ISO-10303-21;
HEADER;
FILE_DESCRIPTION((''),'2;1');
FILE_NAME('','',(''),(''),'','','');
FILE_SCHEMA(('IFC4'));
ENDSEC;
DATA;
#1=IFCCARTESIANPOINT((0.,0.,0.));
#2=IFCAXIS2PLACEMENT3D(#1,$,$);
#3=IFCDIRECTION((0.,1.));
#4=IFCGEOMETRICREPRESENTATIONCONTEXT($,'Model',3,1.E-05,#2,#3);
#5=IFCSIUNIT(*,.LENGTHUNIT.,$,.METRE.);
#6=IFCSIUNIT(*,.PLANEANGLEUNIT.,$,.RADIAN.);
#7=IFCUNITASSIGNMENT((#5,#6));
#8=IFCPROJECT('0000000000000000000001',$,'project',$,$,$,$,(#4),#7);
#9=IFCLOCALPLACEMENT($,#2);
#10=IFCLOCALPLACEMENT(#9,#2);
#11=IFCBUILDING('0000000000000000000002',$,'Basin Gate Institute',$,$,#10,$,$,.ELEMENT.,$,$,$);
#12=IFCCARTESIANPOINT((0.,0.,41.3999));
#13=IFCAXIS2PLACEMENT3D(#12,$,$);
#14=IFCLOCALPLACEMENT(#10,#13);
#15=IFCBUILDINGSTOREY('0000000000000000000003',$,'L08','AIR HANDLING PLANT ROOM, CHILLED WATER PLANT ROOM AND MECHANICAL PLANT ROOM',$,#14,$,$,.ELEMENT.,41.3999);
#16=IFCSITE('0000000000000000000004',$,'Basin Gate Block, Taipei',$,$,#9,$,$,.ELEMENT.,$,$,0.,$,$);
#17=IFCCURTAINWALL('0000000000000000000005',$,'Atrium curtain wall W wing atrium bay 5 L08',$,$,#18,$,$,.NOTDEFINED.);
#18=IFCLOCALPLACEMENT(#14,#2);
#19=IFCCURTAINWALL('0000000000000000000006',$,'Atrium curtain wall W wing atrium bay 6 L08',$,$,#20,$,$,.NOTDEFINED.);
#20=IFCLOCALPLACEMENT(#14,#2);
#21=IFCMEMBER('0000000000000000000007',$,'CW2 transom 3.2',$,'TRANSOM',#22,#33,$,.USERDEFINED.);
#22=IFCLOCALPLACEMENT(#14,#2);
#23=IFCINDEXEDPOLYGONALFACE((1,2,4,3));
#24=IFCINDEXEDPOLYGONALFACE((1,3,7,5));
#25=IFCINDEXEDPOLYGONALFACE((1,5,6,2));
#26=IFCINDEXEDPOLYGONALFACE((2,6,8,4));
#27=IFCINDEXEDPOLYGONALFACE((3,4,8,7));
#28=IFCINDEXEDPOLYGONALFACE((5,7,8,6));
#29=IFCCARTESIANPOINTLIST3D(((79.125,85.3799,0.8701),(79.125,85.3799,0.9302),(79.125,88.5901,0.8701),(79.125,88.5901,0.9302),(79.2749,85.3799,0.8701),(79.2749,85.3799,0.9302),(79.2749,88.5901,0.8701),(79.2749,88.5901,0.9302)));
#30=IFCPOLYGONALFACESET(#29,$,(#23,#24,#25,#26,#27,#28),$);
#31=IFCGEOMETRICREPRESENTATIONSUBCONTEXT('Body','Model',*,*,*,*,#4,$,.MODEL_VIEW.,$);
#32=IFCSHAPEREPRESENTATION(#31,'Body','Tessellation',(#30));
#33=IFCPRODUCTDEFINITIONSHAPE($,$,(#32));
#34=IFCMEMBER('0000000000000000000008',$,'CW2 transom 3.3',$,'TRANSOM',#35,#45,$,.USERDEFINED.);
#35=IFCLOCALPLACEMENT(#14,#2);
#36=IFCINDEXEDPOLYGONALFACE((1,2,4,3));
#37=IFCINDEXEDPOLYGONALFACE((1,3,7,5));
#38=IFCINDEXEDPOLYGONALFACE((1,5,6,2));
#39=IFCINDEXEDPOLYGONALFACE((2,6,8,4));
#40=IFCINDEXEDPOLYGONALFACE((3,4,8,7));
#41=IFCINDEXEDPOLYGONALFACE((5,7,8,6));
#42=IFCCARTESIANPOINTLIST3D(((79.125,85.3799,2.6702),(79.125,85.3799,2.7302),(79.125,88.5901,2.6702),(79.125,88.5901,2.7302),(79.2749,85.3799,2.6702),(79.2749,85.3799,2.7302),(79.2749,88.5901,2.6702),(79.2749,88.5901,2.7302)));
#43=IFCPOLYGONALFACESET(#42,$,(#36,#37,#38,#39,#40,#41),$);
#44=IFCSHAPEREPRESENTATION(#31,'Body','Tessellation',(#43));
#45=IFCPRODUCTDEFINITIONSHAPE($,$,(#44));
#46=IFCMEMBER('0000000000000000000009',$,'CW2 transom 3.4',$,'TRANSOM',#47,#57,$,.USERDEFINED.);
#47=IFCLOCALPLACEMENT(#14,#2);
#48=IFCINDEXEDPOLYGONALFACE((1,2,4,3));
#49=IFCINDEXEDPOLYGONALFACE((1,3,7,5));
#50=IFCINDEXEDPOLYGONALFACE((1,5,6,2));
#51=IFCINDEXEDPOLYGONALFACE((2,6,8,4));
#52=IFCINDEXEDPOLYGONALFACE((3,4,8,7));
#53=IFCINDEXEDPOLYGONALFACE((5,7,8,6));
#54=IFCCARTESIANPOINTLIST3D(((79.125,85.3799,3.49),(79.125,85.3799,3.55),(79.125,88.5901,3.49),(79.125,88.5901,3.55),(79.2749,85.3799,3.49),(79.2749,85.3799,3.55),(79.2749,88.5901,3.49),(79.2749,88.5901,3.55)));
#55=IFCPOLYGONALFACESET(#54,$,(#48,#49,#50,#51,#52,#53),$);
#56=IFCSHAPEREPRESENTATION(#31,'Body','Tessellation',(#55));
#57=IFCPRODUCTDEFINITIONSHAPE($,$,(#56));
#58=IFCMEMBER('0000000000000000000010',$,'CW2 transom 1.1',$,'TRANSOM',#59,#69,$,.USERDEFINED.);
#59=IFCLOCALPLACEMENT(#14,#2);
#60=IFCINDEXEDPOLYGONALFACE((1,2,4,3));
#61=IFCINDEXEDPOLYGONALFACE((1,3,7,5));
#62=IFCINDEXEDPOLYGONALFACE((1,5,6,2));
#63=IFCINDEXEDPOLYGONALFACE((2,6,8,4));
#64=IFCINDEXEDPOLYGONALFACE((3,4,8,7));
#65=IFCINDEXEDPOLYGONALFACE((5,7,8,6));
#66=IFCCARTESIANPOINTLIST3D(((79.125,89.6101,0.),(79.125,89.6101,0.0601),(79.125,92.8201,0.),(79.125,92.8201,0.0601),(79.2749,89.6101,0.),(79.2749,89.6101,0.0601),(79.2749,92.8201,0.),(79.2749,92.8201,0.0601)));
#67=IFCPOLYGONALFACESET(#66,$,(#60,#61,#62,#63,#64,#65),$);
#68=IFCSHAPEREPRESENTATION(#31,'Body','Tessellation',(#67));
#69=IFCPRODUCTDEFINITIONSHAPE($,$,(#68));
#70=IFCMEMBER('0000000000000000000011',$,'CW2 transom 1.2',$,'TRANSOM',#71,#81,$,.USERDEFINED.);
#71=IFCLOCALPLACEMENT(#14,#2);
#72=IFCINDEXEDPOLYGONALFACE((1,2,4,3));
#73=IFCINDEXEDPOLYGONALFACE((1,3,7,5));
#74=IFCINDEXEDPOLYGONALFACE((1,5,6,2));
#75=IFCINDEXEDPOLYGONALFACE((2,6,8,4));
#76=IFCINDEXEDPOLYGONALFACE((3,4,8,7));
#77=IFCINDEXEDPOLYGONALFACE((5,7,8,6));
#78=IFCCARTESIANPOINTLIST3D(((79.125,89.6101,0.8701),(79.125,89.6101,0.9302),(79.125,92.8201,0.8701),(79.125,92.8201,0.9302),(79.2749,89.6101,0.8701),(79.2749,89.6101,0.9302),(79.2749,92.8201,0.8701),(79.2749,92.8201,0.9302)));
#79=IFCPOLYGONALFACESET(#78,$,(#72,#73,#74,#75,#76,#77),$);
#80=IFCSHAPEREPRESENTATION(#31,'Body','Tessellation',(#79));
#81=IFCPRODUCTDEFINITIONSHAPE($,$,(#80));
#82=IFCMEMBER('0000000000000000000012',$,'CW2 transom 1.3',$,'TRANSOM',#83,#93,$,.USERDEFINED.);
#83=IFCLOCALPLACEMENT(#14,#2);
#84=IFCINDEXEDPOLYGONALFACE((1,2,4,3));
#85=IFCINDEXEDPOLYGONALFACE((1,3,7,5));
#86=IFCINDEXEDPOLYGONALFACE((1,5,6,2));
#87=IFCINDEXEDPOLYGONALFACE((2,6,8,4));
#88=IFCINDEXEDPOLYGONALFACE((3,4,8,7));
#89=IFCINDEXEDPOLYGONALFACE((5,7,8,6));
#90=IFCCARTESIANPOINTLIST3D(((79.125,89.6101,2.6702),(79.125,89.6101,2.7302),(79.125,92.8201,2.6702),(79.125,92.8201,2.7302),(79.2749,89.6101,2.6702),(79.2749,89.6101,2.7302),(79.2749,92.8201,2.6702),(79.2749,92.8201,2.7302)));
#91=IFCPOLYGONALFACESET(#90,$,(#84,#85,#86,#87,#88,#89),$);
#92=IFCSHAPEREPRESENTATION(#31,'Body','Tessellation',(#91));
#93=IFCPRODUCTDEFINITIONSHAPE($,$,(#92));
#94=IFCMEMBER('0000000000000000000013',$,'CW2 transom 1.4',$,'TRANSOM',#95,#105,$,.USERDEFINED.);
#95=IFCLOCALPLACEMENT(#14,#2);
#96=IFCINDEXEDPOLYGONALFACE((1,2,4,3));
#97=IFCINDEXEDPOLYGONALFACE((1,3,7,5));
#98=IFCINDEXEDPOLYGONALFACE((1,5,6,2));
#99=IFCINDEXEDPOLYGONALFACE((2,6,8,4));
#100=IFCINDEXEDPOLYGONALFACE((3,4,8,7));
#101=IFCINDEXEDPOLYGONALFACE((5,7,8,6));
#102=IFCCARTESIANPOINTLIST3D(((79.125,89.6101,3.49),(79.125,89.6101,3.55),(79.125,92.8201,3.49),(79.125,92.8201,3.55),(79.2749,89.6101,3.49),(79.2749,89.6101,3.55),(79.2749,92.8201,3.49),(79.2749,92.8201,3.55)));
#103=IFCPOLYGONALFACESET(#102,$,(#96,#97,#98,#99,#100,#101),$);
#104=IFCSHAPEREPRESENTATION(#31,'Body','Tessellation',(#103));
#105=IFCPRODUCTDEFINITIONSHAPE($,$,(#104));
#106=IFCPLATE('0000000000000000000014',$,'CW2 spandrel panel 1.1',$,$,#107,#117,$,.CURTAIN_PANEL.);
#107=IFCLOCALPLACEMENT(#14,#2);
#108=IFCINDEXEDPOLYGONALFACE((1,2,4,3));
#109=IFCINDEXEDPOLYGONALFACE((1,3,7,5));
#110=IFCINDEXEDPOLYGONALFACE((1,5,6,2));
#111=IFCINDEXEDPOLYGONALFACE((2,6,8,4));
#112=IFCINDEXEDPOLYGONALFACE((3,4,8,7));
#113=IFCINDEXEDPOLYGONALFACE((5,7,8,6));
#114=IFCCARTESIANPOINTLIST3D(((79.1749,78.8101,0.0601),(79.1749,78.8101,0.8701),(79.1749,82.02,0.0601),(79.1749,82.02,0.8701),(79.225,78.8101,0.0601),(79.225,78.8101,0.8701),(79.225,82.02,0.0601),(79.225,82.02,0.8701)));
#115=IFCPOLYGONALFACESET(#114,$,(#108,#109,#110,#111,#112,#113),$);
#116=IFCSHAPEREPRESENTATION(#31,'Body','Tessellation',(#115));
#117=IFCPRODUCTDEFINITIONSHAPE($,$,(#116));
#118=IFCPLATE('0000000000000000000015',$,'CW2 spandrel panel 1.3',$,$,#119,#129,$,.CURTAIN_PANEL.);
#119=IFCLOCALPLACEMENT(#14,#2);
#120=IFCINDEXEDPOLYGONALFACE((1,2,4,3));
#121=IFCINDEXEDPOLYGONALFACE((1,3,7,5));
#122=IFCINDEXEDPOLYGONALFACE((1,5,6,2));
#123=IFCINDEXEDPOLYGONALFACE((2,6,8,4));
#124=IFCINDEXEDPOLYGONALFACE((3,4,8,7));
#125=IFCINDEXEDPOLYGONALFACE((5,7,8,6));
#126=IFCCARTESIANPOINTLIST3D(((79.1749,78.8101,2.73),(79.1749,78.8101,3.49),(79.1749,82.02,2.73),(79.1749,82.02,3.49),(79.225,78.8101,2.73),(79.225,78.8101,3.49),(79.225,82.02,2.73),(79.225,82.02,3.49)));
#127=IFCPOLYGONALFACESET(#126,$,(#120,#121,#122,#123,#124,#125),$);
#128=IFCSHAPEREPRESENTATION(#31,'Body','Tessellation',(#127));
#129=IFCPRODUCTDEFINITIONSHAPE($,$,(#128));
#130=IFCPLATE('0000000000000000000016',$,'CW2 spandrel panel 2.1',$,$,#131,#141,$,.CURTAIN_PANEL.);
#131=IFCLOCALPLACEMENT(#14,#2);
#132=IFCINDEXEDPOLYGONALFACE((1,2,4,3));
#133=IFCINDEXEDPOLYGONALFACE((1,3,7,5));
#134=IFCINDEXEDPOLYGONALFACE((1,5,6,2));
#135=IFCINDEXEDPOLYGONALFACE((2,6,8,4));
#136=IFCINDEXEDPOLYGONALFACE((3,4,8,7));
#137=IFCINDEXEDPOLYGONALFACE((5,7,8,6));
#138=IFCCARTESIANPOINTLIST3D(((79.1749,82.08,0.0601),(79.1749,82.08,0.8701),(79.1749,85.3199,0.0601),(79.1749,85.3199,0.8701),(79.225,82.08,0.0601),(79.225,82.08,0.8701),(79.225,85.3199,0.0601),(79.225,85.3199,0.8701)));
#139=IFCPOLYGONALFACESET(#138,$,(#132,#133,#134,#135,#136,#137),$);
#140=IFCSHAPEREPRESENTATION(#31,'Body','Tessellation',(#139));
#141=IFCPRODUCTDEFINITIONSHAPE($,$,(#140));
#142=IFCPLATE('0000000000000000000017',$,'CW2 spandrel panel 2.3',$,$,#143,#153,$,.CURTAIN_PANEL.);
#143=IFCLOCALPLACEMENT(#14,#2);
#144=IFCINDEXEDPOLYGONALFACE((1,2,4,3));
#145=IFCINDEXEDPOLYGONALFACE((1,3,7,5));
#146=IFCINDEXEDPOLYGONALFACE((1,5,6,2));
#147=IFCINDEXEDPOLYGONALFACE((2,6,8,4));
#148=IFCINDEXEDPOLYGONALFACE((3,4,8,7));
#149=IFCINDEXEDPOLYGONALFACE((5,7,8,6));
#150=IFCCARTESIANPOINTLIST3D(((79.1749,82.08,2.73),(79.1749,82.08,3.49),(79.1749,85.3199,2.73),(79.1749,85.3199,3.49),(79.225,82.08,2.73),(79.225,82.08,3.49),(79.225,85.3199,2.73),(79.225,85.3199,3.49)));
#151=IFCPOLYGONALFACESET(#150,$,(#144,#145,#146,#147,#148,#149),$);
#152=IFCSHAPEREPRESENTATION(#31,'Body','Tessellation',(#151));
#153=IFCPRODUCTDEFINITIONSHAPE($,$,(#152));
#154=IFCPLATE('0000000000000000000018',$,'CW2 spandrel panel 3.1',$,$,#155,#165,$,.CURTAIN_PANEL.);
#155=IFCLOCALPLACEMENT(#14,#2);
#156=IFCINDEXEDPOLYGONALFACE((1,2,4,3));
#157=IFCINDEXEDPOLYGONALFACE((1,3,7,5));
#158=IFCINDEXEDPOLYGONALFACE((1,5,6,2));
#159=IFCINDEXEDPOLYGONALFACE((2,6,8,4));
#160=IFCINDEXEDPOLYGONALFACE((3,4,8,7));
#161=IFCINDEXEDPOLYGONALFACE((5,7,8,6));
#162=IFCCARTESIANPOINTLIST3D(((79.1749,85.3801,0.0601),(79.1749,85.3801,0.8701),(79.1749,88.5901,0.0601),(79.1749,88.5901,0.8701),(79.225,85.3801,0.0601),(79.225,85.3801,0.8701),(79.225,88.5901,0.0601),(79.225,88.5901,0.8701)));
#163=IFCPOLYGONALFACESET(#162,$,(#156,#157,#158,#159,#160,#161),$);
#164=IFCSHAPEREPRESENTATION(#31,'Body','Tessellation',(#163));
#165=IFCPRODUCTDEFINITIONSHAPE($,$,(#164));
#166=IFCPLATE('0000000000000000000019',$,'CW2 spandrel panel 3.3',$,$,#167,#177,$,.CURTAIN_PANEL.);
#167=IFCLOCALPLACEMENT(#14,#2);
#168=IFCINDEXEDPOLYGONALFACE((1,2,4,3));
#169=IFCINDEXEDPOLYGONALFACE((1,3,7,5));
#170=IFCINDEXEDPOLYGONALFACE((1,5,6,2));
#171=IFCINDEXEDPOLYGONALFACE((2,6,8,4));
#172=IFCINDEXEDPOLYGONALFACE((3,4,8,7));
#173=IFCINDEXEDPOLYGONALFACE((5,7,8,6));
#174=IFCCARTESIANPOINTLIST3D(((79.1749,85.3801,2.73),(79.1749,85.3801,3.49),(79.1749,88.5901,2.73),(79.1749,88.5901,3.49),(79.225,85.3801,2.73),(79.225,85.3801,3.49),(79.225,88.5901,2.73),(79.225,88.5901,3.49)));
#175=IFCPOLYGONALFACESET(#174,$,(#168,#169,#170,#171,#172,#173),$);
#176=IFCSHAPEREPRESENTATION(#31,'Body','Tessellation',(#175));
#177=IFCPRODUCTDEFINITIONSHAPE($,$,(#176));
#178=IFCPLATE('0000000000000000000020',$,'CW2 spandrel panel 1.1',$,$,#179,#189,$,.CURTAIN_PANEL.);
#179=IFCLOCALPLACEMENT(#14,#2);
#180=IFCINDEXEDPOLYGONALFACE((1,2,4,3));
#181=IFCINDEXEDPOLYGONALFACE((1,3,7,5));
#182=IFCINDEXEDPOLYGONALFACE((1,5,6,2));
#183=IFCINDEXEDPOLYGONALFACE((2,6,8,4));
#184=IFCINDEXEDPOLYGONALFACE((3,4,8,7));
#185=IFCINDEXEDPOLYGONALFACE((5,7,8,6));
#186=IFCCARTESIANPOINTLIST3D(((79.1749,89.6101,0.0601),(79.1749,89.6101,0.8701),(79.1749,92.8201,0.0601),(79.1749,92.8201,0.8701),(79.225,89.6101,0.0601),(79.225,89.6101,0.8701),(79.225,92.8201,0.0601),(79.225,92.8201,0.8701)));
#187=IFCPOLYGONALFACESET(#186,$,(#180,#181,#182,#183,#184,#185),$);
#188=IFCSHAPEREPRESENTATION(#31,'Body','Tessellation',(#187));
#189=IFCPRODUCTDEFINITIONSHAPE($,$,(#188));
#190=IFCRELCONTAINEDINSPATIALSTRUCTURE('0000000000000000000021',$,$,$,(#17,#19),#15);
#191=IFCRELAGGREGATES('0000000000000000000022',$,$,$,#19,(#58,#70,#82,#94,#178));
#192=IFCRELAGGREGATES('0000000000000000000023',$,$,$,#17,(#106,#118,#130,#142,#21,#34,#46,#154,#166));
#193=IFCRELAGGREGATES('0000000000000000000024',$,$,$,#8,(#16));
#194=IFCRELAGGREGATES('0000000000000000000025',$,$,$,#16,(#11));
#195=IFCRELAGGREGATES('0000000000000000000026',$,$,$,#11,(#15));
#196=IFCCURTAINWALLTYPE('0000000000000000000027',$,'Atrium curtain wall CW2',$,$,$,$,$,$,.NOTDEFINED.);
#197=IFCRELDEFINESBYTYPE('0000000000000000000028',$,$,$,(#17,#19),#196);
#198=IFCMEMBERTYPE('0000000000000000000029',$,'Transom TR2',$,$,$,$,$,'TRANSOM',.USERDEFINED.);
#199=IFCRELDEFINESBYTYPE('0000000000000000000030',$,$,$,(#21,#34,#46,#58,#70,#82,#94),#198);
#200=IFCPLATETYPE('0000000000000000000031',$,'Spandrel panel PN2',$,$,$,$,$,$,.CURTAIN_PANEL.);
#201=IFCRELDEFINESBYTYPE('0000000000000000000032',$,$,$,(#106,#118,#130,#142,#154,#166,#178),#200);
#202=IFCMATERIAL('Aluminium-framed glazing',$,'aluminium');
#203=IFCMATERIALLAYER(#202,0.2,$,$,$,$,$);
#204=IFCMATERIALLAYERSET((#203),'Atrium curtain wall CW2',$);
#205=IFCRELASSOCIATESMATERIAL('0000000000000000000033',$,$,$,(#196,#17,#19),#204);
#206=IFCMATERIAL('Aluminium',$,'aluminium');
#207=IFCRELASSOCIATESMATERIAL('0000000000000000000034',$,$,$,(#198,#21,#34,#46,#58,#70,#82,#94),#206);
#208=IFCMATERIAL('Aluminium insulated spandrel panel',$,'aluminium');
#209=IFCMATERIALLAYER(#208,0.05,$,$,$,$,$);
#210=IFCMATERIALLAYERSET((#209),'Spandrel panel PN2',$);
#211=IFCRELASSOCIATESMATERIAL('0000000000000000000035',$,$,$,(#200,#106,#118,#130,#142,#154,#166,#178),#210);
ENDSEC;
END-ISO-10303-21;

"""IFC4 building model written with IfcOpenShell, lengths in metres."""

from ifc_helpers import new_model, si_unit, direction, frame, origin, origin_2d, place, context, subcontext, project, spatial, rectangle, extrude, material, layer, layer_set, material_profile, profile_set, type_object, element, aggregate, save


model = new_model("IFC4")

# Units and contexts
model_context = context("Model", 3, precision=1e-05, world=origin(), true_north=direction((0.0, 1.0)))
body_context = subcontext(model_context, "Body", "Model", "MODEL_VIEW")
ifc_project = project(units=[si_unit("LENGTHUNIT", "METRE"), si_unit("PLANEANGLEUNIT", "RADIAN")], contexts=[model_context])

# Site, building, storey
site_placement = place(None, origin())
site = spatial("IfcSite", under=ifc_project, at=site_placement, Name="Basin Gate Block, Taipei", CompositionType="ELEMENT", RefElevation=0.0)
building_placement = place(site_placement, origin())
building = spatial("IfcBuilding", under=site, at=building_placement, Name="Basin Gate Institute", CompositionType="ELEMENT")
storey_placement = place(building_placement, frame((0.0, 0.0, 41.3999)))
storey = spatial("IfcBuildingStorey", under=building, at=storey_placement, Name="L08", Description="AIR HANDLING PLANT ROOM, CHILLED WATER PLANT ROOM AND MECHANICAL PLANT ROOM", CompositionType="ELEMENT", Elevation=41.3999)

# Curtain wall
ifc_material_1 = material(Name="Aluminium-framed glazing", Category="aluminium")
ifc_layer_1 = layer(ifc_material_1, 0.2)
ifc_layer_set_1 = layer_set([ifc_layer_1], Name="Atrium curtain wall CW2")
curtain_wall_type = type_object("IfcCurtainWallType", Name="Atrium curtain wall CW2", PredefinedType="NOTDEFINED", material=ifc_layer_set_1)
curtain_wall_1_placement = place(storey_placement, origin())
curtain_wall_1 = element("IfcCurtainWall", 1, at=curtain_wall_1_placement, inside=storey, type_object=curtain_wall_type, material=ifc_layer_set_1, Name="Atrium curtain wall W wing atrium bay 5 L08", PredefinedType="NOTDEFINED")

# Curtain wall
curtain_wall_2_placement = place(storey_placement, origin())
curtain_wall_2 = element("IfcCurtainWall", 2, at=curtain_wall_2_placement, inside=storey, type_object=curtain_wall_type, material=ifc_layer_set_1, Name="Atrium curtain wall W wing atrium bay 6 L08", PredefinedType="NOTDEFINED")

# Members
ifc_material_2 = material(Name="Aluminium", Category="aluminium")
ifc_material_profile_1 = material_profile(ifc_material_2, rectangle(XDim=0.1499, YDim=0.0601, at=origin_2d()), Name="Transom TR2 150 x 60")
ifc_profile_set_1 = profile_set([ifc_material_profile_1], Name="Aluminium")
member_type_1 = type_object("IfcMemberType", Name="Transom TR2", ElementType="TRANSOM", PredefinedType="USERDEFINED", material=ifc_profile_set_1)
member_1_placement = place(storey_placement, frame((79.2, 85.3799, 0.9001), z_axis=(0.0, 1.0, 0.0), x_axis=(-1.0, 0.0, 0.0)))
member_1 = element("IfcMember", 3, at=member_1_placement, type_object=member_type_1, material=ifc_profile_set_1, Name="CW2 transom 3.2", ObjectType="TRANSOM", PredefinedType="USERDEFINED", context=body_context, shape_type="SweptSolid", body=[
    extrude(rectangle(XDim=0.1499, YDim=0.0601, at=origin_2d()), origin(), (0.0, 0.0, 1.0), 3.2102),
])
member_2_placement = place(storey_placement, frame((79.2, 85.3799, 2.7002), z_axis=(0.0, 1.0, 0.0), x_axis=(-1.0, 0.0, 0.0)))
member_2 = element("IfcMember", 4, at=member_2_placement, type_object=member_type_1, material=ifc_profile_set_1, Name="CW2 transom 3.3", ObjectType="TRANSOM", PredefinedType="USERDEFINED", context=body_context, shape_type="SweptSolid", body=[
    extrude(rectangle(XDim=0.1499, YDim=0.0601, at=origin_2d()), origin(), (0.0, 0.0, 1.0), 3.2102),
])
member_3_placement = place(storey_placement, frame((79.2, 85.3799, 3.52), z_axis=(0.0, 1.0, 0.0), x_axis=(-1.0, 0.0, 0.0)))
member_3 = element("IfcMember", 5, at=member_3_placement, type_object=member_type_1, material=ifc_profile_set_1, Name="CW2 transom 3.4", ObjectType="TRANSOM", PredefinedType="USERDEFINED", context=body_context, shape_type="SweptSolid", body=[
    extrude(rectangle(XDim=0.1499, YDim=0.0601, at=origin_2d()), origin(), (0.0, 0.0, 1.0), 3.2102),
])
member_4_placement = place(storey_placement, frame((79.2, 89.6101, 0.03), z_axis=(0.0, 1.0, 0.0), x_axis=(-1.0, 0.0, 0.0)))
member_4 = element("IfcMember", 6, at=member_4_placement, type_object=member_type_1, material=ifc_profile_set_1, Name="CW2 transom 1.1", ObjectType="TRANSOM", PredefinedType="USERDEFINED", context=body_context, shape_type="SweptSolid", body=[
    extrude(rectangle(XDim=0.1499, YDim=0.0601, at=origin_2d()), origin(), (0.0, 0.0, 1.0), 3.21),
])
member_5_placement = place(storey_placement, frame((79.2, 89.6101, 0.9001), z_axis=(0.0, 1.0, 0.0), x_axis=(-1.0, 0.0, 0.0)))
member_5 = element("IfcMember", 7, at=member_5_placement, type_object=member_type_1, material=ifc_profile_set_1, Name="CW2 transom 1.2", ObjectType="TRANSOM", PredefinedType="USERDEFINED", context=body_context, shape_type="SweptSolid", body=[
    extrude(rectangle(XDim=0.1499, YDim=0.0601, at=origin_2d()), origin(), (0.0, 0.0, 1.0), 3.21),
])
member_6_placement = place(storey_placement, frame((79.2, 89.6101, 2.7002), z_axis=(0.0, 1.0, 0.0), x_axis=(-1.0, 0.0, 0.0)))
member_6 = element("IfcMember", 8, at=member_6_placement, type_object=member_type_1, material=ifc_profile_set_1, Name="CW2 transom 1.3", ObjectType="TRANSOM", PredefinedType="USERDEFINED", context=body_context, shape_type="SweptSolid", body=[
    extrude(rectangle(XDim=0.1499, YDim=0.0601, at=origin_2d()), origin(), (0.0, 0.0, 1.0), 3.21),
])
member_7_placement = place(storey_placement, frame((79.2, 89.6101, 3.52), z_axis=(0.0, 1.0, 0.0), x_axis=(-1.0, 0.0, 0.0)))
member_7 = element("IfcMember", 9, at=member_7_placement, type_object=member_type_1, material=ifc_profile_set_1, Name="CW2 transom 1.4", ObjectType="TRANSOM", PredefinedType="USERDEFINED", context=body_context, shape_type="SweptSolid", body=[
    extrude(rectangle(XDim=0.1499, YDim=0.0601, at=origin_2d()), origin(), (0.0, 0.0, 1.0), 3.21),
])

# Plates
ifc_material_3 = material(Name="Aluminium insulated spandrel panel", Category="aluminium")
ifc_layer_2 = layer(ifc_material_3, 0.05)
ifc_layer_set_2 = layer_set([ifc_layer_2], Name="Spandrel panel PN2")
plate_type_1 = type_object("IfcPlateType", Name="Spandrel panel PN2", PredefinedType="CURTAIN_PANEL", material=ifc_layer_set_2)
plate_1_placement = place(storey_placement, frame((79.2, 80.415, 0.0601), z_axis=(0.0, 0.0, 1.0), x_axis=(0.0, 1.0, 0.0)))
plate_1 = element("IfcPlate", 10, at=plate_1_placement, type_object=plate_type_1, material=ifc_layer_set_2, Name="CW2 spandrel panel 1.1", PredefinedType="CURTAIN_PANEL", context=body_context, shape_type="SweptSolid", body=[
    extrude(rectangle(XDim=3.21, YDim=0.05, at=origin_2d()), origin(), (0.0, 0.0, 1.0), 0.8101),
])
plate_2_placement = place(storey_placement, frame((79.2, 80.415, 2.73), z_axis=(0.0, 0.0, 1.0), x_axis=(0.0, 1.0, 0.0)))
plate_2 = element("IfcPlate", 11, at=plate_2_placement, type_object=plate_type_1, material=ifc_layer_set_2, Name="CW2 spandrel panel 1.3", PredefinedType="CURTAIN_PANEL", context=body_context, shape_type="SweptSolid", body=[
    extrude(rectangle(XDim=3.21, YDim=0.05, at=origin_2d()), origin(), (0.0, 0.0, 1.0), 0.76),
])
plate_3_placement = place(storey_placement, frame((79.2, 83.7, 0.0601), z_axis=(0.0, 0.0, 1.0), x_axis=(0.0, 1.0, 0.0)))
plate_3 = element("IfcPlate", 12, at=plate_3_placement, type_object=plate_type_1, material=ifc_layer_set_2, Name="CW2 spandrel panel 2.1", PredefinedType="CURTAIN_PANEL", context=body_context, shape_type="SweptSolid", body=[
    extrude(rectangle(XDim=3.24, YDim=0.05, at=origin_2d()), origin(), (0.0, 0.0, 1.0), 0.8101),
])
plate_4_placement = place(storey_placement, frame((79.2, 83.7, 2.73), z_axis=(0.0, 0.0, 1.0), x_axis=(0.0, 1.0, 0.0)))
plate_4 = element("IfcPlate", 13, at=plate_4_placement, type_object=plate_type_1, material=ifc_layer_set_2, Name="CW2 spandrel panel 2.3", PredefinedType="CURTAIN_PANEL", context=body_context, shape_type="SweptSolid", body=[
    extrude(rectangle(XDim=3.24, YDim=0.05, at=origin_2d()), origin(), (0.0, 0.0, 1.0), 0.76),
])
plate_5_placement = place(storey_placement, frame((79.2, 86.9851, 0.0601), z_axis=(0.0, 0.0, 1.0), x_axis=(0.0, 1.0, 0.0)))
plate_5 = element("IfcPlate", 14, at=plate_5_placement, type_object=plate_type_1, material=ifc_layer_set_2, Name="CW2 spandrel panel 3.1", PredefinedType="CURTAIN_PANEL", context=body_context, shape_type="SweptSolid", body=[
    extrude(rectangle(XDim=3.21, YDim=0.05, at=origin_2d()), origin(), (0.0, 0.0, 1.0), 0.8101),
])
plate_6_placement = place(storey_placement, frame((79.2, 86.9851, 2.73), z_axis=(0.0, 0.0, 1.0), x_axis=(0.0, 1.0, 0.0)))
plate_6 = element("IfcPlate", 15, at=plate_6_placement, type_object=plate_type_1, material=ifc_layer_set_2, Name="CW2 spandrel panel 3.3", PredefinedType="CURTAIN_PANEL", context=body_context, shape_type="SweptSolid", body=[
    extrude(rectangle(XDim=3.21, YDim=0.05, at=origin_2d()), origin(), (0.0, 0.0, 1.0), 0.76),
])
plate_7_placement = place(storey_placement, frame((79.2, 91.2151, 0.0601), z_axis=(0.0, 0.0, 1.0), x_axis=(0.0, 1.0, 0.0)))
plate_7 = element("IfcPlate", 16, at=plate_7_placement, type_object=plate_type_1, material=ifc_layer_set_2, Name="CW2 spandrel panel 1.1", PredefinedType="CURTAIN_PANEL", context=body_context, shape_type="SweptSolid", body=[
    extrude(rectangle(XDim=3.21, YDim=0.05, at=origin_2d()), origin(), (0.0, 0.0, 1.0), 0.8101),
])
aggregate(curtain_wall_2, [member_4, member_5, member_6, member_7, plate_7])
aggregate(curtain_wall_1, [plate_1, plate_2, plate_3, plate_4, member_1, member_2, member_3, plate_5, plate_6])

save(model, "model.ifc")
